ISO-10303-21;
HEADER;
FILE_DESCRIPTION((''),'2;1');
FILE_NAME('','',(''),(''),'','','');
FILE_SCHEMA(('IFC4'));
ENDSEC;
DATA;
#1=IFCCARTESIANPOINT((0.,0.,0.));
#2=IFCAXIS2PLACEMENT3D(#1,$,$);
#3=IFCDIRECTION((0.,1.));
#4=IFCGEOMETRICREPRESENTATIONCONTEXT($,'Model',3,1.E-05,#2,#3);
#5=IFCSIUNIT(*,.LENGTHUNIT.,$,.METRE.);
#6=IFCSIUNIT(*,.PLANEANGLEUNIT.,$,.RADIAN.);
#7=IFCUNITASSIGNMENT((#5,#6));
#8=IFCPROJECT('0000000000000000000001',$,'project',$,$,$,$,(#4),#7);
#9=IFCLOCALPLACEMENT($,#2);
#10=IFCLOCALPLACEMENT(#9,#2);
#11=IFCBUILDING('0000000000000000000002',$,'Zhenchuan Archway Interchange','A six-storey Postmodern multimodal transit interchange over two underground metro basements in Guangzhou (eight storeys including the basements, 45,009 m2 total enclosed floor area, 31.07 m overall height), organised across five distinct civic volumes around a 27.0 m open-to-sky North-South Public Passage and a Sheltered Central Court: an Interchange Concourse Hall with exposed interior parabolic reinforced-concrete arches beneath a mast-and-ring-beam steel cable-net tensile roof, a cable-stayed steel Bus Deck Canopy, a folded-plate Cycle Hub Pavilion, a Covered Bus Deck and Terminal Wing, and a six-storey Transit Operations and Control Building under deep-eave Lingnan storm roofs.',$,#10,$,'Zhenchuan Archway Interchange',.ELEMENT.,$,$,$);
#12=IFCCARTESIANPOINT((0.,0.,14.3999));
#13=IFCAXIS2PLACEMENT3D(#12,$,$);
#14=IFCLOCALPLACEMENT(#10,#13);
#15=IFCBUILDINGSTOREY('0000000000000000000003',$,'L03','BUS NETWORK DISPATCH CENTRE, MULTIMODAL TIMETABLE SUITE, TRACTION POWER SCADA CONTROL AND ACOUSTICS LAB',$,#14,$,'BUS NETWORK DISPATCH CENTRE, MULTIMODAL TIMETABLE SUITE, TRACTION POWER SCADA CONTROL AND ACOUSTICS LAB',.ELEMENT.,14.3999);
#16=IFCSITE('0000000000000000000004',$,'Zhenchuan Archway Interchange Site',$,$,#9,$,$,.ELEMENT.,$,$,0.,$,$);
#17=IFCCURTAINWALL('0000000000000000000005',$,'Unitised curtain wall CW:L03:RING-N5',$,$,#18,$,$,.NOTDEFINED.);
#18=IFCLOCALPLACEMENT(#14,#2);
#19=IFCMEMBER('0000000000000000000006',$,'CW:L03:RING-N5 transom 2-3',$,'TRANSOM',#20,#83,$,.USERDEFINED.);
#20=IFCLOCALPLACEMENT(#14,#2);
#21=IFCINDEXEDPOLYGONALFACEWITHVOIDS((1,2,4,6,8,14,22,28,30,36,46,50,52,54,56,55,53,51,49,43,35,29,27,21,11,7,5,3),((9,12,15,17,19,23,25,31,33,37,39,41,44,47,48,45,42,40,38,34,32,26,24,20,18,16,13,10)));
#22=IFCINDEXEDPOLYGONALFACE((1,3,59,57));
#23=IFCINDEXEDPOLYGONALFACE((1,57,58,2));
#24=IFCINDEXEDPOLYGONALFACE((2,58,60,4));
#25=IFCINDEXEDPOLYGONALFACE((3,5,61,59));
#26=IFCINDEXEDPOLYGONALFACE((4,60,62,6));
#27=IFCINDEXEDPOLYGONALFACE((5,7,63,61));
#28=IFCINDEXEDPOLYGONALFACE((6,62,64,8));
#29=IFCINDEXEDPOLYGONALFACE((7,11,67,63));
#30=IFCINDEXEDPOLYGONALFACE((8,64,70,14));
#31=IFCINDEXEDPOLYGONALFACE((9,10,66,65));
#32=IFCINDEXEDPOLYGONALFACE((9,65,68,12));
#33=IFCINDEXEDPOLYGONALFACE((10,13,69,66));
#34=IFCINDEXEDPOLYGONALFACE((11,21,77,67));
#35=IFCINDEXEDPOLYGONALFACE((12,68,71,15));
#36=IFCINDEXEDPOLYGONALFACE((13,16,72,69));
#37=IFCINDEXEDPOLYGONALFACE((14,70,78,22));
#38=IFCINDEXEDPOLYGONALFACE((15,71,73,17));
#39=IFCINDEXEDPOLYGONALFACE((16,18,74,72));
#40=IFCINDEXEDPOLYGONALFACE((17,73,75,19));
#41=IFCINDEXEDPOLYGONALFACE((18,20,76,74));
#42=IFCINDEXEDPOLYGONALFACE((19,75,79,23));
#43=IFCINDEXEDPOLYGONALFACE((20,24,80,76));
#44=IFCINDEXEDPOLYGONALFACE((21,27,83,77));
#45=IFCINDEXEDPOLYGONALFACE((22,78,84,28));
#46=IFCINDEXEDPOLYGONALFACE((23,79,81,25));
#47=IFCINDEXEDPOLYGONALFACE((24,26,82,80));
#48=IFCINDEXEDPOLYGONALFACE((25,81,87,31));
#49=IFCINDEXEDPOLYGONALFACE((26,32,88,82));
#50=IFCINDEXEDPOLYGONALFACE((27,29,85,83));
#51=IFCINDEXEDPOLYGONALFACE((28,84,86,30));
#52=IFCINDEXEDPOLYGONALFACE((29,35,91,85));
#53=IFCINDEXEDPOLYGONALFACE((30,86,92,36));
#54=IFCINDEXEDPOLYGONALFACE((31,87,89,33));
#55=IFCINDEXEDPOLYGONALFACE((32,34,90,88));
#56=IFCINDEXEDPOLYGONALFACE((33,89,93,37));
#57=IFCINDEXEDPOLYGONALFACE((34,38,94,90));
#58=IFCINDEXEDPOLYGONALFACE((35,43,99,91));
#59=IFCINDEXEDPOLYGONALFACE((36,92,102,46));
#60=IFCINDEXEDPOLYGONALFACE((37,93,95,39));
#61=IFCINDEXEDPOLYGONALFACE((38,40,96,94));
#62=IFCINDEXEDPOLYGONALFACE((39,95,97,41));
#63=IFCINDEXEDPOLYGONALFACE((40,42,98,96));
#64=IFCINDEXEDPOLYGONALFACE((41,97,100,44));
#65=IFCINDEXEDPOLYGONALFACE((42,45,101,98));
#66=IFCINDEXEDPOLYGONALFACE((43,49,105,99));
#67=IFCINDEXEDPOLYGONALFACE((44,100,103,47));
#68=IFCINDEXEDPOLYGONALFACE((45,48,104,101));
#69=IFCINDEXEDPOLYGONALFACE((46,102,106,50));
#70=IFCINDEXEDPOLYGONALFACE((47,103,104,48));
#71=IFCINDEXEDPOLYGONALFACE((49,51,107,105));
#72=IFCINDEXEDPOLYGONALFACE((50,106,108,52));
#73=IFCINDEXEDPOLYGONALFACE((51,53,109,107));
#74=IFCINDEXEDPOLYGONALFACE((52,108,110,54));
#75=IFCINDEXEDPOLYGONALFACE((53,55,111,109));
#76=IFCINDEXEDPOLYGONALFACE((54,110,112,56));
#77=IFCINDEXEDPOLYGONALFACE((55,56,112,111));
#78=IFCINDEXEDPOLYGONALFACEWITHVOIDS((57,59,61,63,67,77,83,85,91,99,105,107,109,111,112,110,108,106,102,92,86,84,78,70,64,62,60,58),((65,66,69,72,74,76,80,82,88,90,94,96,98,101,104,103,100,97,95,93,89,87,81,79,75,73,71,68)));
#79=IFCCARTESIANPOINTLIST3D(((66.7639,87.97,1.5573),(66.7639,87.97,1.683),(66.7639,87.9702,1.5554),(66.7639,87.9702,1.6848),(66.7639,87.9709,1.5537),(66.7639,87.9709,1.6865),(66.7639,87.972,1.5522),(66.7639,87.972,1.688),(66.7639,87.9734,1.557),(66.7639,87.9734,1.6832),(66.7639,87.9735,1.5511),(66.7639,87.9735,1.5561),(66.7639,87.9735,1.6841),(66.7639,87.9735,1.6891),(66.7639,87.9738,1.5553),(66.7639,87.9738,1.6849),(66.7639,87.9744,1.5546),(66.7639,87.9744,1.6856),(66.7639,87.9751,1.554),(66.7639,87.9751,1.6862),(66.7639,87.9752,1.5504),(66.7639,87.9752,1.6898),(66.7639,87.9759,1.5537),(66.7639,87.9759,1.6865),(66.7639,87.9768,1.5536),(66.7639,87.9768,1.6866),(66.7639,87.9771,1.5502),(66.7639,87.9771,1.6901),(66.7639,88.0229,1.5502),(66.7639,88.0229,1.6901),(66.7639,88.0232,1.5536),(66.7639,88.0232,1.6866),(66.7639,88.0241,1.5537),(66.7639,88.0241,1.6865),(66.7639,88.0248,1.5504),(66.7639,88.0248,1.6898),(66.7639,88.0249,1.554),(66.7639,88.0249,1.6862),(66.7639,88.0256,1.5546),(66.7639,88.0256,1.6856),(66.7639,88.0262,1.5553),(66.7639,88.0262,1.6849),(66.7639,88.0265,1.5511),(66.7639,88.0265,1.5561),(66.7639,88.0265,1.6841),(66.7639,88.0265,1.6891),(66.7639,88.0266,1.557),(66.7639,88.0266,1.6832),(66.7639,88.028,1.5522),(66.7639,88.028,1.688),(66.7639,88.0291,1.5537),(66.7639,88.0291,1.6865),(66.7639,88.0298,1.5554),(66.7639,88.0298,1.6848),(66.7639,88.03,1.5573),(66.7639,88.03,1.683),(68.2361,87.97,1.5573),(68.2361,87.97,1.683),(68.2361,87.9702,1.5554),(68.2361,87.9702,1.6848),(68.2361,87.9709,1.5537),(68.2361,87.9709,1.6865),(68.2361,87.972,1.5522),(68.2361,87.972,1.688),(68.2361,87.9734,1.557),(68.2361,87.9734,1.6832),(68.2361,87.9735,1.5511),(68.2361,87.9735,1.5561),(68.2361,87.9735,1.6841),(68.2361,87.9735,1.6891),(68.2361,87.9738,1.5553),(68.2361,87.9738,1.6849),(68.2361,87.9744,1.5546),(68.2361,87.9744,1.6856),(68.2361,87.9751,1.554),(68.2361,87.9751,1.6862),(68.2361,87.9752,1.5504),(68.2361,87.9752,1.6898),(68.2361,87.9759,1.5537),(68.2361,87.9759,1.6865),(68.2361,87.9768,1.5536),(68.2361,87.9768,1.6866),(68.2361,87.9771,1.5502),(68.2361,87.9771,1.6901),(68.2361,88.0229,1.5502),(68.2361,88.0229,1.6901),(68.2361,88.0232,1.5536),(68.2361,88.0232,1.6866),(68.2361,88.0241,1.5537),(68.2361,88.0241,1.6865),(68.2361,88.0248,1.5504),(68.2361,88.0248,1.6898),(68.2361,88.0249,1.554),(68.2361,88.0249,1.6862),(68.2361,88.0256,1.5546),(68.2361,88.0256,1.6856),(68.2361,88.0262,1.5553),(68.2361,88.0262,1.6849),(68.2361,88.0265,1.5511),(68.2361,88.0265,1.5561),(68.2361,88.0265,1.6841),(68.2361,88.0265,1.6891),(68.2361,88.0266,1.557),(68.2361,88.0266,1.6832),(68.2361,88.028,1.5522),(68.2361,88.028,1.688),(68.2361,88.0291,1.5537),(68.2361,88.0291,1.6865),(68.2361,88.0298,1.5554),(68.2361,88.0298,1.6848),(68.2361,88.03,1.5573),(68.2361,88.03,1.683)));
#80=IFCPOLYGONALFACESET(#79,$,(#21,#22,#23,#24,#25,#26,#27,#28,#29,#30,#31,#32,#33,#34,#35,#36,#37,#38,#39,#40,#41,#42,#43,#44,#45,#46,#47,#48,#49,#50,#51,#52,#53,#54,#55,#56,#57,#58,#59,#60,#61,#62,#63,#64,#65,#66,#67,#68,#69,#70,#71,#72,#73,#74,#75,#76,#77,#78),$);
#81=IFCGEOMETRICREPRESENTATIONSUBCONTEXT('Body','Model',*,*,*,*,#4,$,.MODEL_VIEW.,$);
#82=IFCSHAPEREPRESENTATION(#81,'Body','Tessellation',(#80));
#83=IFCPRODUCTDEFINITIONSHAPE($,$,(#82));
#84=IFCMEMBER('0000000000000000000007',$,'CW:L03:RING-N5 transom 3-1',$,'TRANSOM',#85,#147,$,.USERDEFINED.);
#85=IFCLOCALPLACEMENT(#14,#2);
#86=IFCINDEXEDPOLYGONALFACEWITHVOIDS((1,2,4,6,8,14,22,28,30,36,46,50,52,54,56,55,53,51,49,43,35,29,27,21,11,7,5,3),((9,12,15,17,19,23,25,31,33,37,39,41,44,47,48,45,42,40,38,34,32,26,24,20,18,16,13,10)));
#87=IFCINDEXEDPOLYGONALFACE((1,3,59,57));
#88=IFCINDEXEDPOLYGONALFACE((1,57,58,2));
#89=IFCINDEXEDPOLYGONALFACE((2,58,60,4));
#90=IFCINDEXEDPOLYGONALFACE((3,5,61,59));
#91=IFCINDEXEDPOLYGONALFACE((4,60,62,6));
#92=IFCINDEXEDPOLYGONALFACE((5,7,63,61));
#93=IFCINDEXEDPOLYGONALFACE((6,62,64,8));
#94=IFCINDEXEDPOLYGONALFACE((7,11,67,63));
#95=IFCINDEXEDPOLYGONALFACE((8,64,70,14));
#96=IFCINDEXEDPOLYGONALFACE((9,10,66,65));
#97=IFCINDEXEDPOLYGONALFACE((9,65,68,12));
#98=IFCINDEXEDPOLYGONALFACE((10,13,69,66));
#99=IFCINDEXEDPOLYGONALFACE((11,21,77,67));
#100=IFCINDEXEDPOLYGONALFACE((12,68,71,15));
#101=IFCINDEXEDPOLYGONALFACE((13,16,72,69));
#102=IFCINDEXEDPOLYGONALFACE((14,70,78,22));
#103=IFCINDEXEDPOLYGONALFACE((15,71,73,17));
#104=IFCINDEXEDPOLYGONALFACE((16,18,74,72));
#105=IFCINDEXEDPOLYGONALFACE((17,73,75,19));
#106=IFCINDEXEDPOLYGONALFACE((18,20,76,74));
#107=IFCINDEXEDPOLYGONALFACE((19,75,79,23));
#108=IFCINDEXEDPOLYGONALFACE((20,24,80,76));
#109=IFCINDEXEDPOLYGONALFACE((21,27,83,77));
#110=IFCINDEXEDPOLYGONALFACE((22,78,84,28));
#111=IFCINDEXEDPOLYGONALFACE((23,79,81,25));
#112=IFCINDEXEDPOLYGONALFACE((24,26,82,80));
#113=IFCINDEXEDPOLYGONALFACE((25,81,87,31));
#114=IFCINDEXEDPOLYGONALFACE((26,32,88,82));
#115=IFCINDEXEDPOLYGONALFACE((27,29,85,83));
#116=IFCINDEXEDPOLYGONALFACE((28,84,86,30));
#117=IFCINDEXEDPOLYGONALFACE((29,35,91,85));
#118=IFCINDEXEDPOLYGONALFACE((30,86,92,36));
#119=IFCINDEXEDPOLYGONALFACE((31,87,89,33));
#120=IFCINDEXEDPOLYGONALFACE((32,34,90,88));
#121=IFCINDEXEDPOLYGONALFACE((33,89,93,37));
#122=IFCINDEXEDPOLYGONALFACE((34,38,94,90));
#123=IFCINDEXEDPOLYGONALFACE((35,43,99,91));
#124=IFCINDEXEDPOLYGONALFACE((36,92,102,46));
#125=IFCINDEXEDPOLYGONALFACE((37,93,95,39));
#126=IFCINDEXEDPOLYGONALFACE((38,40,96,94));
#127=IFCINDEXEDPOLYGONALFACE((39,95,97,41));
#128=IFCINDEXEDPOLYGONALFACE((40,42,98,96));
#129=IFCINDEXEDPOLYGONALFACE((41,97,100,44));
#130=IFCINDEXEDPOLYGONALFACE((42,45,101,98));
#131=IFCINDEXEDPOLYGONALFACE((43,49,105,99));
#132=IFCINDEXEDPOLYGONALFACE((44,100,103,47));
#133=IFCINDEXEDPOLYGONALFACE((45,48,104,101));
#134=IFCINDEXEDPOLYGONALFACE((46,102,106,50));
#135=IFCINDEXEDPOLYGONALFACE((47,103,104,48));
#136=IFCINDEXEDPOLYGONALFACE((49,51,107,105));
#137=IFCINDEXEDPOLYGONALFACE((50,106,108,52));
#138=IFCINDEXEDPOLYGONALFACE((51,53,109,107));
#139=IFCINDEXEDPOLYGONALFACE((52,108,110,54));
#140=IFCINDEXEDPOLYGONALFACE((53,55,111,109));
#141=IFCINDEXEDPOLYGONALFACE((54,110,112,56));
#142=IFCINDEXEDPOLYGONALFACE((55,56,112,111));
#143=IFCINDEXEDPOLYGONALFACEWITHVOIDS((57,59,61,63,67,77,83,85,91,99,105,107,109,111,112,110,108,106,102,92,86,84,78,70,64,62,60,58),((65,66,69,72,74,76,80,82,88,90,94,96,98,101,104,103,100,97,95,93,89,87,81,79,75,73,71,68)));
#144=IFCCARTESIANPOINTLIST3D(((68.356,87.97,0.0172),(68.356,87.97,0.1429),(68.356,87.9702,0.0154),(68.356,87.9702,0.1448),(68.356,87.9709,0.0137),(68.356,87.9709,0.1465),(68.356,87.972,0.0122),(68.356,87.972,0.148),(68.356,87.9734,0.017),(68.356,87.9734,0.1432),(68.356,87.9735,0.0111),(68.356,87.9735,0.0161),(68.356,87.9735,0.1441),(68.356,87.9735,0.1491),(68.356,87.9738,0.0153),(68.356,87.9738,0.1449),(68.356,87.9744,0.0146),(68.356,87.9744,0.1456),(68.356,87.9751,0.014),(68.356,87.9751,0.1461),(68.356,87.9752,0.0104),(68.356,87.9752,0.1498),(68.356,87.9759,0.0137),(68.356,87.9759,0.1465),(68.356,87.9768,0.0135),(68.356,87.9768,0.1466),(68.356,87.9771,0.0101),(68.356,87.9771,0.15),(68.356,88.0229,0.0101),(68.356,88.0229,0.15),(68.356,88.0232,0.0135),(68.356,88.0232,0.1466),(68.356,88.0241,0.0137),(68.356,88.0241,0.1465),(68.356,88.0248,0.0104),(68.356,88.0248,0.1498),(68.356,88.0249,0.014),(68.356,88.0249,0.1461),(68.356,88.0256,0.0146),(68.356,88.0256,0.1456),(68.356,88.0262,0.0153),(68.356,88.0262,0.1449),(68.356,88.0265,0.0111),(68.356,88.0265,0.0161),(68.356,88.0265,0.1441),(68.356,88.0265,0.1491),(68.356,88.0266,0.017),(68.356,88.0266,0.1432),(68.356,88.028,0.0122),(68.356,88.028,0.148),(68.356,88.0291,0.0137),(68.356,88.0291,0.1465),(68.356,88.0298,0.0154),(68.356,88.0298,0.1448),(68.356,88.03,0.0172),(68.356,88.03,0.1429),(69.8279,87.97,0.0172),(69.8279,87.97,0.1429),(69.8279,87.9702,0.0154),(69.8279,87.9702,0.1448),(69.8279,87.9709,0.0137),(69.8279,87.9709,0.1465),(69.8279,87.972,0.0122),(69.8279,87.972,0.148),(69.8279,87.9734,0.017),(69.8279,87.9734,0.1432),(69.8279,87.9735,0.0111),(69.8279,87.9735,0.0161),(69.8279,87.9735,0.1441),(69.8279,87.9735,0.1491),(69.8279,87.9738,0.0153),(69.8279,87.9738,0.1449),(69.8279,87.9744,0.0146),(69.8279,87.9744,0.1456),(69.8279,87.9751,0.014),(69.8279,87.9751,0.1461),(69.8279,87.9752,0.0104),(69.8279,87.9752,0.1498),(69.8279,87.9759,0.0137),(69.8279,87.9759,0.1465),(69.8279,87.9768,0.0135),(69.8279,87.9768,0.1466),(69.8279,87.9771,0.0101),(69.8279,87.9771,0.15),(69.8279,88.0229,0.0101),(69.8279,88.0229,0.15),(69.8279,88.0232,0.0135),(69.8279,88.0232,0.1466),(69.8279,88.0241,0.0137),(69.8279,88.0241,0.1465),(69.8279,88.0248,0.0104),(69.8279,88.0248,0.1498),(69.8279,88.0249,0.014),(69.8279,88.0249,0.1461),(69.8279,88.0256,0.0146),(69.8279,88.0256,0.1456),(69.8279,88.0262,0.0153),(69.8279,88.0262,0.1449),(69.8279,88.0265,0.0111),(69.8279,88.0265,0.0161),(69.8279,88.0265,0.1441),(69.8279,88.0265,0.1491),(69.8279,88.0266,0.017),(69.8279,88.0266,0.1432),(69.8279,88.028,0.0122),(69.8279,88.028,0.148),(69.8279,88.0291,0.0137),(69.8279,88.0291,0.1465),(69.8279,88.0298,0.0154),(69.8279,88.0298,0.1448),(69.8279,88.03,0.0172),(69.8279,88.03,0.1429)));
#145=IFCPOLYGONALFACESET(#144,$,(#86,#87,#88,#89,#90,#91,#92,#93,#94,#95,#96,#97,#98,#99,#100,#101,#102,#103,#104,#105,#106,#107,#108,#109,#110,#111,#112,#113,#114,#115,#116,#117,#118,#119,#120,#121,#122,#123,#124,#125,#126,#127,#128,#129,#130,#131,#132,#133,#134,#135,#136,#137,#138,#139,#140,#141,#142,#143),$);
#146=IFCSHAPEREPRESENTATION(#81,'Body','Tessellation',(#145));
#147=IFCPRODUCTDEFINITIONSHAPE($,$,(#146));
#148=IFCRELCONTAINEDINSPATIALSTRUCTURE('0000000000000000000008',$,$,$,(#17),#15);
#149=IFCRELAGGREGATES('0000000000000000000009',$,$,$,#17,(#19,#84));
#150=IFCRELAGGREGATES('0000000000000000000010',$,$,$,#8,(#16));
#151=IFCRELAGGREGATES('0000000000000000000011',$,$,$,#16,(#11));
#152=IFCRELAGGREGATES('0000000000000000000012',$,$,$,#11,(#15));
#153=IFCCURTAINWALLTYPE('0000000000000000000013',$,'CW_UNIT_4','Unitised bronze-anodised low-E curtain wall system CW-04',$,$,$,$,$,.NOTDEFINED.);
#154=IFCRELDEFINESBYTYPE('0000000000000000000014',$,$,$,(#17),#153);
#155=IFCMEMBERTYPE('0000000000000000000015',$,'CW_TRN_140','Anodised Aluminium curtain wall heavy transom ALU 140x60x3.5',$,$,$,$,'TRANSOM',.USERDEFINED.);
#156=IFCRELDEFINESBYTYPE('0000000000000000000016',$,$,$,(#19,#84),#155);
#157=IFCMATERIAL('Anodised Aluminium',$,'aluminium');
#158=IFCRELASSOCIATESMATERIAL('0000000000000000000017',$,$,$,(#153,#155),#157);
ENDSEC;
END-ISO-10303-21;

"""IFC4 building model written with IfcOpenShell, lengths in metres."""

from ifc_helpers import new_model, si_unit, direction, frame, origin, origin_2d, place, context, subcontext, project, spatial, hollow_rectangle, extrude, material, material_profile, profile_set, type_object, element, aggregate, save


model = new_model("IFC4")

# Units and contexts
model_context = context("Model", 3, precision=1e-05, world=origin(), true_north=direction((0.0, 1.0)))
body_context = subcontext(model_context, "Body", "Model", "MODEL_VIEW")
ifc_project = project(units=[si_unit("LENGTHUNIT", "METRE"), si_unit("PLANEANGLEUNIT", "RADIAN")], contexts=[model_context])

# Site, building, storey
site_placement = place(None, origin())
site = spatial("IfcSite", under=ifc_project, at=site_placement, Name="Zhenchuan Archway Interchange Site", CompositionType="ELEMENT", RefElevation=0.0)
building_placement = place(site_placement, origin())
building = spatial("IfcBuilding", under=site, at=building_placement, Name="Zhenchuan Archway Interchange", Description="A six-storey Postmodern multimodal transit interchange over two underground metro basements in Guangzhou (eight storeys including the basements, 45,009 m2 total enclosed floor area, 31.07 m overall height), organised across five distinct civic volumes around a 27.0 m open-to-sky North-South Public Passage and a Sheltered Central Court: an Interchange Concourse Hall with exposed interior parabolic reinforced-concrete arches beneath a mast-and-ring-beam steel cable-net tensile roof, a cable-stayed steel Bus Deck Canopy, a folded-plate Cycle Hub Pavilion, a Covered Bus Deck and Terminal Wing, and a six-storey Transit Operations and Control Building under deep-eave Lingnan storm roofs.", LongName="Zhenchuan Archway Interchange", CompositionType="ELEMENT")
storey_placement = place(building_placement, frame((0.0, 0.0, 14.3999)))
storey = spatial("IfcBuildingStorey", under=building, at=storey_placement, Name="L03", Description="BUS NETWORK DISPATCH CENTRE, MULTIMODAL TIMETABLE SUITE, TRACTION POWER SCADA CONTROL AND ACOUSTICS LAB", LongName="BUS NETWORK DISPATCH CENTRE, MULTIMODAL TIMETABLE SUITE, TRACTION POWER SCADA CONTROL AND ACOUSTICS LAB", CompositionType="ELEMENT", Elevation=14.3999)

# Curtain wall
ifc_material_1 = material(Name="Anodised Aluminium", Category="aluminium")
curtain_wall_type_1 = type_object("IfcCurtainWallType", Name="CW_UNIT_4", Description="Unitised bronze-anodised low-E curtain wall system CW-04", PredefinedType="NOTDEFINED", material=ifc_material_1)
curtain_wall_1_placement = place(storey_placement, origin())
curtain_wall_1 = element("IfcCurtainWall", 1, at=curtain_wall_1_placement, inside=storey, type_object=curtain_wall_type_1, Name="Unitised curtain wall CW:L03:RING-N5", PredefinedType="NOTDEFINED")

# Members
ifc_material_profile_1 = material_profile(ifc_material_1, hollow_rectangle(XDim=0.0601, YDim=0.1399, WallThickness=0.0034, InnerFilletRadius=0.0034, OuterFilletRadius=0.0071, at=origin_2d()), Name="ALU 140x60x3.5")
ifc_profile_set_1 = profile_set([ifc_material_profile_1], Name="Anodised Aluminium")
member_type_1 = type_object("IfcMemberType", Name="CW_TRN_140", Description="Anodised Aluminium curtain wall heavy transom ALU 140x60x3.5", ElementType="TRANSOM", PredefinedType="USERDEFINED", material=ifc_profile_set_1)
member_1_placement = place(storey_placement, frame((66.7639, 88.0, 1.6201), z_axis=(1.0, 0.0, 0.0), x_axis=(0.0, 1.0, 0.0)))
member_1 = element("IfcMember", 2, at=member_1_placement, type_object=member_type_1, Name="CW:L03:RING-N5 transom 2-3", ObjectType="TRANSOM", PredefinedType="USERDEFINED", context=body_context, shape_type="SweptSolid", body=[
    extrude(hollow_rectangle(XDim=0.0601, YDim=0.1399, WallThickness=0.0034, InnerFilletRadius=0.0034, OuterFilletRadius=0.0071, at=origin_2d()), origin(), (0.0, 0.0, 1.0), 1.4722),
])
member_2_placement = place(storey_placement, frame((68.356, 88.0, 0.0801), z_axis=(1.0, 0.0, 0.0), x_axis=(0.0, 1.0, 0.0)))
member_2 = element("IfcMember", 3, at=member_2_placement, type_object=member_type_1, Name="CW:L03:RING-N5 transom 3-1", ObjectType="TRANSOM", PredefinedType="USERDEFINED", context=body_context, shape_type="SweptSolid", body=[
    extrude(hollow_rectangle(XDim=0.0601, YDim=0.1399, WallThickness=0.0034, InnerFilletRadius=0.0034, OuterFilletRadius=0.0071, at=origin_2d()), origin(), (0.0, 0.0, 1.0), 1.4719),
])

aggregate(curtain_wall_1, [member_1, member_2])

save(model, "model.ifc")
